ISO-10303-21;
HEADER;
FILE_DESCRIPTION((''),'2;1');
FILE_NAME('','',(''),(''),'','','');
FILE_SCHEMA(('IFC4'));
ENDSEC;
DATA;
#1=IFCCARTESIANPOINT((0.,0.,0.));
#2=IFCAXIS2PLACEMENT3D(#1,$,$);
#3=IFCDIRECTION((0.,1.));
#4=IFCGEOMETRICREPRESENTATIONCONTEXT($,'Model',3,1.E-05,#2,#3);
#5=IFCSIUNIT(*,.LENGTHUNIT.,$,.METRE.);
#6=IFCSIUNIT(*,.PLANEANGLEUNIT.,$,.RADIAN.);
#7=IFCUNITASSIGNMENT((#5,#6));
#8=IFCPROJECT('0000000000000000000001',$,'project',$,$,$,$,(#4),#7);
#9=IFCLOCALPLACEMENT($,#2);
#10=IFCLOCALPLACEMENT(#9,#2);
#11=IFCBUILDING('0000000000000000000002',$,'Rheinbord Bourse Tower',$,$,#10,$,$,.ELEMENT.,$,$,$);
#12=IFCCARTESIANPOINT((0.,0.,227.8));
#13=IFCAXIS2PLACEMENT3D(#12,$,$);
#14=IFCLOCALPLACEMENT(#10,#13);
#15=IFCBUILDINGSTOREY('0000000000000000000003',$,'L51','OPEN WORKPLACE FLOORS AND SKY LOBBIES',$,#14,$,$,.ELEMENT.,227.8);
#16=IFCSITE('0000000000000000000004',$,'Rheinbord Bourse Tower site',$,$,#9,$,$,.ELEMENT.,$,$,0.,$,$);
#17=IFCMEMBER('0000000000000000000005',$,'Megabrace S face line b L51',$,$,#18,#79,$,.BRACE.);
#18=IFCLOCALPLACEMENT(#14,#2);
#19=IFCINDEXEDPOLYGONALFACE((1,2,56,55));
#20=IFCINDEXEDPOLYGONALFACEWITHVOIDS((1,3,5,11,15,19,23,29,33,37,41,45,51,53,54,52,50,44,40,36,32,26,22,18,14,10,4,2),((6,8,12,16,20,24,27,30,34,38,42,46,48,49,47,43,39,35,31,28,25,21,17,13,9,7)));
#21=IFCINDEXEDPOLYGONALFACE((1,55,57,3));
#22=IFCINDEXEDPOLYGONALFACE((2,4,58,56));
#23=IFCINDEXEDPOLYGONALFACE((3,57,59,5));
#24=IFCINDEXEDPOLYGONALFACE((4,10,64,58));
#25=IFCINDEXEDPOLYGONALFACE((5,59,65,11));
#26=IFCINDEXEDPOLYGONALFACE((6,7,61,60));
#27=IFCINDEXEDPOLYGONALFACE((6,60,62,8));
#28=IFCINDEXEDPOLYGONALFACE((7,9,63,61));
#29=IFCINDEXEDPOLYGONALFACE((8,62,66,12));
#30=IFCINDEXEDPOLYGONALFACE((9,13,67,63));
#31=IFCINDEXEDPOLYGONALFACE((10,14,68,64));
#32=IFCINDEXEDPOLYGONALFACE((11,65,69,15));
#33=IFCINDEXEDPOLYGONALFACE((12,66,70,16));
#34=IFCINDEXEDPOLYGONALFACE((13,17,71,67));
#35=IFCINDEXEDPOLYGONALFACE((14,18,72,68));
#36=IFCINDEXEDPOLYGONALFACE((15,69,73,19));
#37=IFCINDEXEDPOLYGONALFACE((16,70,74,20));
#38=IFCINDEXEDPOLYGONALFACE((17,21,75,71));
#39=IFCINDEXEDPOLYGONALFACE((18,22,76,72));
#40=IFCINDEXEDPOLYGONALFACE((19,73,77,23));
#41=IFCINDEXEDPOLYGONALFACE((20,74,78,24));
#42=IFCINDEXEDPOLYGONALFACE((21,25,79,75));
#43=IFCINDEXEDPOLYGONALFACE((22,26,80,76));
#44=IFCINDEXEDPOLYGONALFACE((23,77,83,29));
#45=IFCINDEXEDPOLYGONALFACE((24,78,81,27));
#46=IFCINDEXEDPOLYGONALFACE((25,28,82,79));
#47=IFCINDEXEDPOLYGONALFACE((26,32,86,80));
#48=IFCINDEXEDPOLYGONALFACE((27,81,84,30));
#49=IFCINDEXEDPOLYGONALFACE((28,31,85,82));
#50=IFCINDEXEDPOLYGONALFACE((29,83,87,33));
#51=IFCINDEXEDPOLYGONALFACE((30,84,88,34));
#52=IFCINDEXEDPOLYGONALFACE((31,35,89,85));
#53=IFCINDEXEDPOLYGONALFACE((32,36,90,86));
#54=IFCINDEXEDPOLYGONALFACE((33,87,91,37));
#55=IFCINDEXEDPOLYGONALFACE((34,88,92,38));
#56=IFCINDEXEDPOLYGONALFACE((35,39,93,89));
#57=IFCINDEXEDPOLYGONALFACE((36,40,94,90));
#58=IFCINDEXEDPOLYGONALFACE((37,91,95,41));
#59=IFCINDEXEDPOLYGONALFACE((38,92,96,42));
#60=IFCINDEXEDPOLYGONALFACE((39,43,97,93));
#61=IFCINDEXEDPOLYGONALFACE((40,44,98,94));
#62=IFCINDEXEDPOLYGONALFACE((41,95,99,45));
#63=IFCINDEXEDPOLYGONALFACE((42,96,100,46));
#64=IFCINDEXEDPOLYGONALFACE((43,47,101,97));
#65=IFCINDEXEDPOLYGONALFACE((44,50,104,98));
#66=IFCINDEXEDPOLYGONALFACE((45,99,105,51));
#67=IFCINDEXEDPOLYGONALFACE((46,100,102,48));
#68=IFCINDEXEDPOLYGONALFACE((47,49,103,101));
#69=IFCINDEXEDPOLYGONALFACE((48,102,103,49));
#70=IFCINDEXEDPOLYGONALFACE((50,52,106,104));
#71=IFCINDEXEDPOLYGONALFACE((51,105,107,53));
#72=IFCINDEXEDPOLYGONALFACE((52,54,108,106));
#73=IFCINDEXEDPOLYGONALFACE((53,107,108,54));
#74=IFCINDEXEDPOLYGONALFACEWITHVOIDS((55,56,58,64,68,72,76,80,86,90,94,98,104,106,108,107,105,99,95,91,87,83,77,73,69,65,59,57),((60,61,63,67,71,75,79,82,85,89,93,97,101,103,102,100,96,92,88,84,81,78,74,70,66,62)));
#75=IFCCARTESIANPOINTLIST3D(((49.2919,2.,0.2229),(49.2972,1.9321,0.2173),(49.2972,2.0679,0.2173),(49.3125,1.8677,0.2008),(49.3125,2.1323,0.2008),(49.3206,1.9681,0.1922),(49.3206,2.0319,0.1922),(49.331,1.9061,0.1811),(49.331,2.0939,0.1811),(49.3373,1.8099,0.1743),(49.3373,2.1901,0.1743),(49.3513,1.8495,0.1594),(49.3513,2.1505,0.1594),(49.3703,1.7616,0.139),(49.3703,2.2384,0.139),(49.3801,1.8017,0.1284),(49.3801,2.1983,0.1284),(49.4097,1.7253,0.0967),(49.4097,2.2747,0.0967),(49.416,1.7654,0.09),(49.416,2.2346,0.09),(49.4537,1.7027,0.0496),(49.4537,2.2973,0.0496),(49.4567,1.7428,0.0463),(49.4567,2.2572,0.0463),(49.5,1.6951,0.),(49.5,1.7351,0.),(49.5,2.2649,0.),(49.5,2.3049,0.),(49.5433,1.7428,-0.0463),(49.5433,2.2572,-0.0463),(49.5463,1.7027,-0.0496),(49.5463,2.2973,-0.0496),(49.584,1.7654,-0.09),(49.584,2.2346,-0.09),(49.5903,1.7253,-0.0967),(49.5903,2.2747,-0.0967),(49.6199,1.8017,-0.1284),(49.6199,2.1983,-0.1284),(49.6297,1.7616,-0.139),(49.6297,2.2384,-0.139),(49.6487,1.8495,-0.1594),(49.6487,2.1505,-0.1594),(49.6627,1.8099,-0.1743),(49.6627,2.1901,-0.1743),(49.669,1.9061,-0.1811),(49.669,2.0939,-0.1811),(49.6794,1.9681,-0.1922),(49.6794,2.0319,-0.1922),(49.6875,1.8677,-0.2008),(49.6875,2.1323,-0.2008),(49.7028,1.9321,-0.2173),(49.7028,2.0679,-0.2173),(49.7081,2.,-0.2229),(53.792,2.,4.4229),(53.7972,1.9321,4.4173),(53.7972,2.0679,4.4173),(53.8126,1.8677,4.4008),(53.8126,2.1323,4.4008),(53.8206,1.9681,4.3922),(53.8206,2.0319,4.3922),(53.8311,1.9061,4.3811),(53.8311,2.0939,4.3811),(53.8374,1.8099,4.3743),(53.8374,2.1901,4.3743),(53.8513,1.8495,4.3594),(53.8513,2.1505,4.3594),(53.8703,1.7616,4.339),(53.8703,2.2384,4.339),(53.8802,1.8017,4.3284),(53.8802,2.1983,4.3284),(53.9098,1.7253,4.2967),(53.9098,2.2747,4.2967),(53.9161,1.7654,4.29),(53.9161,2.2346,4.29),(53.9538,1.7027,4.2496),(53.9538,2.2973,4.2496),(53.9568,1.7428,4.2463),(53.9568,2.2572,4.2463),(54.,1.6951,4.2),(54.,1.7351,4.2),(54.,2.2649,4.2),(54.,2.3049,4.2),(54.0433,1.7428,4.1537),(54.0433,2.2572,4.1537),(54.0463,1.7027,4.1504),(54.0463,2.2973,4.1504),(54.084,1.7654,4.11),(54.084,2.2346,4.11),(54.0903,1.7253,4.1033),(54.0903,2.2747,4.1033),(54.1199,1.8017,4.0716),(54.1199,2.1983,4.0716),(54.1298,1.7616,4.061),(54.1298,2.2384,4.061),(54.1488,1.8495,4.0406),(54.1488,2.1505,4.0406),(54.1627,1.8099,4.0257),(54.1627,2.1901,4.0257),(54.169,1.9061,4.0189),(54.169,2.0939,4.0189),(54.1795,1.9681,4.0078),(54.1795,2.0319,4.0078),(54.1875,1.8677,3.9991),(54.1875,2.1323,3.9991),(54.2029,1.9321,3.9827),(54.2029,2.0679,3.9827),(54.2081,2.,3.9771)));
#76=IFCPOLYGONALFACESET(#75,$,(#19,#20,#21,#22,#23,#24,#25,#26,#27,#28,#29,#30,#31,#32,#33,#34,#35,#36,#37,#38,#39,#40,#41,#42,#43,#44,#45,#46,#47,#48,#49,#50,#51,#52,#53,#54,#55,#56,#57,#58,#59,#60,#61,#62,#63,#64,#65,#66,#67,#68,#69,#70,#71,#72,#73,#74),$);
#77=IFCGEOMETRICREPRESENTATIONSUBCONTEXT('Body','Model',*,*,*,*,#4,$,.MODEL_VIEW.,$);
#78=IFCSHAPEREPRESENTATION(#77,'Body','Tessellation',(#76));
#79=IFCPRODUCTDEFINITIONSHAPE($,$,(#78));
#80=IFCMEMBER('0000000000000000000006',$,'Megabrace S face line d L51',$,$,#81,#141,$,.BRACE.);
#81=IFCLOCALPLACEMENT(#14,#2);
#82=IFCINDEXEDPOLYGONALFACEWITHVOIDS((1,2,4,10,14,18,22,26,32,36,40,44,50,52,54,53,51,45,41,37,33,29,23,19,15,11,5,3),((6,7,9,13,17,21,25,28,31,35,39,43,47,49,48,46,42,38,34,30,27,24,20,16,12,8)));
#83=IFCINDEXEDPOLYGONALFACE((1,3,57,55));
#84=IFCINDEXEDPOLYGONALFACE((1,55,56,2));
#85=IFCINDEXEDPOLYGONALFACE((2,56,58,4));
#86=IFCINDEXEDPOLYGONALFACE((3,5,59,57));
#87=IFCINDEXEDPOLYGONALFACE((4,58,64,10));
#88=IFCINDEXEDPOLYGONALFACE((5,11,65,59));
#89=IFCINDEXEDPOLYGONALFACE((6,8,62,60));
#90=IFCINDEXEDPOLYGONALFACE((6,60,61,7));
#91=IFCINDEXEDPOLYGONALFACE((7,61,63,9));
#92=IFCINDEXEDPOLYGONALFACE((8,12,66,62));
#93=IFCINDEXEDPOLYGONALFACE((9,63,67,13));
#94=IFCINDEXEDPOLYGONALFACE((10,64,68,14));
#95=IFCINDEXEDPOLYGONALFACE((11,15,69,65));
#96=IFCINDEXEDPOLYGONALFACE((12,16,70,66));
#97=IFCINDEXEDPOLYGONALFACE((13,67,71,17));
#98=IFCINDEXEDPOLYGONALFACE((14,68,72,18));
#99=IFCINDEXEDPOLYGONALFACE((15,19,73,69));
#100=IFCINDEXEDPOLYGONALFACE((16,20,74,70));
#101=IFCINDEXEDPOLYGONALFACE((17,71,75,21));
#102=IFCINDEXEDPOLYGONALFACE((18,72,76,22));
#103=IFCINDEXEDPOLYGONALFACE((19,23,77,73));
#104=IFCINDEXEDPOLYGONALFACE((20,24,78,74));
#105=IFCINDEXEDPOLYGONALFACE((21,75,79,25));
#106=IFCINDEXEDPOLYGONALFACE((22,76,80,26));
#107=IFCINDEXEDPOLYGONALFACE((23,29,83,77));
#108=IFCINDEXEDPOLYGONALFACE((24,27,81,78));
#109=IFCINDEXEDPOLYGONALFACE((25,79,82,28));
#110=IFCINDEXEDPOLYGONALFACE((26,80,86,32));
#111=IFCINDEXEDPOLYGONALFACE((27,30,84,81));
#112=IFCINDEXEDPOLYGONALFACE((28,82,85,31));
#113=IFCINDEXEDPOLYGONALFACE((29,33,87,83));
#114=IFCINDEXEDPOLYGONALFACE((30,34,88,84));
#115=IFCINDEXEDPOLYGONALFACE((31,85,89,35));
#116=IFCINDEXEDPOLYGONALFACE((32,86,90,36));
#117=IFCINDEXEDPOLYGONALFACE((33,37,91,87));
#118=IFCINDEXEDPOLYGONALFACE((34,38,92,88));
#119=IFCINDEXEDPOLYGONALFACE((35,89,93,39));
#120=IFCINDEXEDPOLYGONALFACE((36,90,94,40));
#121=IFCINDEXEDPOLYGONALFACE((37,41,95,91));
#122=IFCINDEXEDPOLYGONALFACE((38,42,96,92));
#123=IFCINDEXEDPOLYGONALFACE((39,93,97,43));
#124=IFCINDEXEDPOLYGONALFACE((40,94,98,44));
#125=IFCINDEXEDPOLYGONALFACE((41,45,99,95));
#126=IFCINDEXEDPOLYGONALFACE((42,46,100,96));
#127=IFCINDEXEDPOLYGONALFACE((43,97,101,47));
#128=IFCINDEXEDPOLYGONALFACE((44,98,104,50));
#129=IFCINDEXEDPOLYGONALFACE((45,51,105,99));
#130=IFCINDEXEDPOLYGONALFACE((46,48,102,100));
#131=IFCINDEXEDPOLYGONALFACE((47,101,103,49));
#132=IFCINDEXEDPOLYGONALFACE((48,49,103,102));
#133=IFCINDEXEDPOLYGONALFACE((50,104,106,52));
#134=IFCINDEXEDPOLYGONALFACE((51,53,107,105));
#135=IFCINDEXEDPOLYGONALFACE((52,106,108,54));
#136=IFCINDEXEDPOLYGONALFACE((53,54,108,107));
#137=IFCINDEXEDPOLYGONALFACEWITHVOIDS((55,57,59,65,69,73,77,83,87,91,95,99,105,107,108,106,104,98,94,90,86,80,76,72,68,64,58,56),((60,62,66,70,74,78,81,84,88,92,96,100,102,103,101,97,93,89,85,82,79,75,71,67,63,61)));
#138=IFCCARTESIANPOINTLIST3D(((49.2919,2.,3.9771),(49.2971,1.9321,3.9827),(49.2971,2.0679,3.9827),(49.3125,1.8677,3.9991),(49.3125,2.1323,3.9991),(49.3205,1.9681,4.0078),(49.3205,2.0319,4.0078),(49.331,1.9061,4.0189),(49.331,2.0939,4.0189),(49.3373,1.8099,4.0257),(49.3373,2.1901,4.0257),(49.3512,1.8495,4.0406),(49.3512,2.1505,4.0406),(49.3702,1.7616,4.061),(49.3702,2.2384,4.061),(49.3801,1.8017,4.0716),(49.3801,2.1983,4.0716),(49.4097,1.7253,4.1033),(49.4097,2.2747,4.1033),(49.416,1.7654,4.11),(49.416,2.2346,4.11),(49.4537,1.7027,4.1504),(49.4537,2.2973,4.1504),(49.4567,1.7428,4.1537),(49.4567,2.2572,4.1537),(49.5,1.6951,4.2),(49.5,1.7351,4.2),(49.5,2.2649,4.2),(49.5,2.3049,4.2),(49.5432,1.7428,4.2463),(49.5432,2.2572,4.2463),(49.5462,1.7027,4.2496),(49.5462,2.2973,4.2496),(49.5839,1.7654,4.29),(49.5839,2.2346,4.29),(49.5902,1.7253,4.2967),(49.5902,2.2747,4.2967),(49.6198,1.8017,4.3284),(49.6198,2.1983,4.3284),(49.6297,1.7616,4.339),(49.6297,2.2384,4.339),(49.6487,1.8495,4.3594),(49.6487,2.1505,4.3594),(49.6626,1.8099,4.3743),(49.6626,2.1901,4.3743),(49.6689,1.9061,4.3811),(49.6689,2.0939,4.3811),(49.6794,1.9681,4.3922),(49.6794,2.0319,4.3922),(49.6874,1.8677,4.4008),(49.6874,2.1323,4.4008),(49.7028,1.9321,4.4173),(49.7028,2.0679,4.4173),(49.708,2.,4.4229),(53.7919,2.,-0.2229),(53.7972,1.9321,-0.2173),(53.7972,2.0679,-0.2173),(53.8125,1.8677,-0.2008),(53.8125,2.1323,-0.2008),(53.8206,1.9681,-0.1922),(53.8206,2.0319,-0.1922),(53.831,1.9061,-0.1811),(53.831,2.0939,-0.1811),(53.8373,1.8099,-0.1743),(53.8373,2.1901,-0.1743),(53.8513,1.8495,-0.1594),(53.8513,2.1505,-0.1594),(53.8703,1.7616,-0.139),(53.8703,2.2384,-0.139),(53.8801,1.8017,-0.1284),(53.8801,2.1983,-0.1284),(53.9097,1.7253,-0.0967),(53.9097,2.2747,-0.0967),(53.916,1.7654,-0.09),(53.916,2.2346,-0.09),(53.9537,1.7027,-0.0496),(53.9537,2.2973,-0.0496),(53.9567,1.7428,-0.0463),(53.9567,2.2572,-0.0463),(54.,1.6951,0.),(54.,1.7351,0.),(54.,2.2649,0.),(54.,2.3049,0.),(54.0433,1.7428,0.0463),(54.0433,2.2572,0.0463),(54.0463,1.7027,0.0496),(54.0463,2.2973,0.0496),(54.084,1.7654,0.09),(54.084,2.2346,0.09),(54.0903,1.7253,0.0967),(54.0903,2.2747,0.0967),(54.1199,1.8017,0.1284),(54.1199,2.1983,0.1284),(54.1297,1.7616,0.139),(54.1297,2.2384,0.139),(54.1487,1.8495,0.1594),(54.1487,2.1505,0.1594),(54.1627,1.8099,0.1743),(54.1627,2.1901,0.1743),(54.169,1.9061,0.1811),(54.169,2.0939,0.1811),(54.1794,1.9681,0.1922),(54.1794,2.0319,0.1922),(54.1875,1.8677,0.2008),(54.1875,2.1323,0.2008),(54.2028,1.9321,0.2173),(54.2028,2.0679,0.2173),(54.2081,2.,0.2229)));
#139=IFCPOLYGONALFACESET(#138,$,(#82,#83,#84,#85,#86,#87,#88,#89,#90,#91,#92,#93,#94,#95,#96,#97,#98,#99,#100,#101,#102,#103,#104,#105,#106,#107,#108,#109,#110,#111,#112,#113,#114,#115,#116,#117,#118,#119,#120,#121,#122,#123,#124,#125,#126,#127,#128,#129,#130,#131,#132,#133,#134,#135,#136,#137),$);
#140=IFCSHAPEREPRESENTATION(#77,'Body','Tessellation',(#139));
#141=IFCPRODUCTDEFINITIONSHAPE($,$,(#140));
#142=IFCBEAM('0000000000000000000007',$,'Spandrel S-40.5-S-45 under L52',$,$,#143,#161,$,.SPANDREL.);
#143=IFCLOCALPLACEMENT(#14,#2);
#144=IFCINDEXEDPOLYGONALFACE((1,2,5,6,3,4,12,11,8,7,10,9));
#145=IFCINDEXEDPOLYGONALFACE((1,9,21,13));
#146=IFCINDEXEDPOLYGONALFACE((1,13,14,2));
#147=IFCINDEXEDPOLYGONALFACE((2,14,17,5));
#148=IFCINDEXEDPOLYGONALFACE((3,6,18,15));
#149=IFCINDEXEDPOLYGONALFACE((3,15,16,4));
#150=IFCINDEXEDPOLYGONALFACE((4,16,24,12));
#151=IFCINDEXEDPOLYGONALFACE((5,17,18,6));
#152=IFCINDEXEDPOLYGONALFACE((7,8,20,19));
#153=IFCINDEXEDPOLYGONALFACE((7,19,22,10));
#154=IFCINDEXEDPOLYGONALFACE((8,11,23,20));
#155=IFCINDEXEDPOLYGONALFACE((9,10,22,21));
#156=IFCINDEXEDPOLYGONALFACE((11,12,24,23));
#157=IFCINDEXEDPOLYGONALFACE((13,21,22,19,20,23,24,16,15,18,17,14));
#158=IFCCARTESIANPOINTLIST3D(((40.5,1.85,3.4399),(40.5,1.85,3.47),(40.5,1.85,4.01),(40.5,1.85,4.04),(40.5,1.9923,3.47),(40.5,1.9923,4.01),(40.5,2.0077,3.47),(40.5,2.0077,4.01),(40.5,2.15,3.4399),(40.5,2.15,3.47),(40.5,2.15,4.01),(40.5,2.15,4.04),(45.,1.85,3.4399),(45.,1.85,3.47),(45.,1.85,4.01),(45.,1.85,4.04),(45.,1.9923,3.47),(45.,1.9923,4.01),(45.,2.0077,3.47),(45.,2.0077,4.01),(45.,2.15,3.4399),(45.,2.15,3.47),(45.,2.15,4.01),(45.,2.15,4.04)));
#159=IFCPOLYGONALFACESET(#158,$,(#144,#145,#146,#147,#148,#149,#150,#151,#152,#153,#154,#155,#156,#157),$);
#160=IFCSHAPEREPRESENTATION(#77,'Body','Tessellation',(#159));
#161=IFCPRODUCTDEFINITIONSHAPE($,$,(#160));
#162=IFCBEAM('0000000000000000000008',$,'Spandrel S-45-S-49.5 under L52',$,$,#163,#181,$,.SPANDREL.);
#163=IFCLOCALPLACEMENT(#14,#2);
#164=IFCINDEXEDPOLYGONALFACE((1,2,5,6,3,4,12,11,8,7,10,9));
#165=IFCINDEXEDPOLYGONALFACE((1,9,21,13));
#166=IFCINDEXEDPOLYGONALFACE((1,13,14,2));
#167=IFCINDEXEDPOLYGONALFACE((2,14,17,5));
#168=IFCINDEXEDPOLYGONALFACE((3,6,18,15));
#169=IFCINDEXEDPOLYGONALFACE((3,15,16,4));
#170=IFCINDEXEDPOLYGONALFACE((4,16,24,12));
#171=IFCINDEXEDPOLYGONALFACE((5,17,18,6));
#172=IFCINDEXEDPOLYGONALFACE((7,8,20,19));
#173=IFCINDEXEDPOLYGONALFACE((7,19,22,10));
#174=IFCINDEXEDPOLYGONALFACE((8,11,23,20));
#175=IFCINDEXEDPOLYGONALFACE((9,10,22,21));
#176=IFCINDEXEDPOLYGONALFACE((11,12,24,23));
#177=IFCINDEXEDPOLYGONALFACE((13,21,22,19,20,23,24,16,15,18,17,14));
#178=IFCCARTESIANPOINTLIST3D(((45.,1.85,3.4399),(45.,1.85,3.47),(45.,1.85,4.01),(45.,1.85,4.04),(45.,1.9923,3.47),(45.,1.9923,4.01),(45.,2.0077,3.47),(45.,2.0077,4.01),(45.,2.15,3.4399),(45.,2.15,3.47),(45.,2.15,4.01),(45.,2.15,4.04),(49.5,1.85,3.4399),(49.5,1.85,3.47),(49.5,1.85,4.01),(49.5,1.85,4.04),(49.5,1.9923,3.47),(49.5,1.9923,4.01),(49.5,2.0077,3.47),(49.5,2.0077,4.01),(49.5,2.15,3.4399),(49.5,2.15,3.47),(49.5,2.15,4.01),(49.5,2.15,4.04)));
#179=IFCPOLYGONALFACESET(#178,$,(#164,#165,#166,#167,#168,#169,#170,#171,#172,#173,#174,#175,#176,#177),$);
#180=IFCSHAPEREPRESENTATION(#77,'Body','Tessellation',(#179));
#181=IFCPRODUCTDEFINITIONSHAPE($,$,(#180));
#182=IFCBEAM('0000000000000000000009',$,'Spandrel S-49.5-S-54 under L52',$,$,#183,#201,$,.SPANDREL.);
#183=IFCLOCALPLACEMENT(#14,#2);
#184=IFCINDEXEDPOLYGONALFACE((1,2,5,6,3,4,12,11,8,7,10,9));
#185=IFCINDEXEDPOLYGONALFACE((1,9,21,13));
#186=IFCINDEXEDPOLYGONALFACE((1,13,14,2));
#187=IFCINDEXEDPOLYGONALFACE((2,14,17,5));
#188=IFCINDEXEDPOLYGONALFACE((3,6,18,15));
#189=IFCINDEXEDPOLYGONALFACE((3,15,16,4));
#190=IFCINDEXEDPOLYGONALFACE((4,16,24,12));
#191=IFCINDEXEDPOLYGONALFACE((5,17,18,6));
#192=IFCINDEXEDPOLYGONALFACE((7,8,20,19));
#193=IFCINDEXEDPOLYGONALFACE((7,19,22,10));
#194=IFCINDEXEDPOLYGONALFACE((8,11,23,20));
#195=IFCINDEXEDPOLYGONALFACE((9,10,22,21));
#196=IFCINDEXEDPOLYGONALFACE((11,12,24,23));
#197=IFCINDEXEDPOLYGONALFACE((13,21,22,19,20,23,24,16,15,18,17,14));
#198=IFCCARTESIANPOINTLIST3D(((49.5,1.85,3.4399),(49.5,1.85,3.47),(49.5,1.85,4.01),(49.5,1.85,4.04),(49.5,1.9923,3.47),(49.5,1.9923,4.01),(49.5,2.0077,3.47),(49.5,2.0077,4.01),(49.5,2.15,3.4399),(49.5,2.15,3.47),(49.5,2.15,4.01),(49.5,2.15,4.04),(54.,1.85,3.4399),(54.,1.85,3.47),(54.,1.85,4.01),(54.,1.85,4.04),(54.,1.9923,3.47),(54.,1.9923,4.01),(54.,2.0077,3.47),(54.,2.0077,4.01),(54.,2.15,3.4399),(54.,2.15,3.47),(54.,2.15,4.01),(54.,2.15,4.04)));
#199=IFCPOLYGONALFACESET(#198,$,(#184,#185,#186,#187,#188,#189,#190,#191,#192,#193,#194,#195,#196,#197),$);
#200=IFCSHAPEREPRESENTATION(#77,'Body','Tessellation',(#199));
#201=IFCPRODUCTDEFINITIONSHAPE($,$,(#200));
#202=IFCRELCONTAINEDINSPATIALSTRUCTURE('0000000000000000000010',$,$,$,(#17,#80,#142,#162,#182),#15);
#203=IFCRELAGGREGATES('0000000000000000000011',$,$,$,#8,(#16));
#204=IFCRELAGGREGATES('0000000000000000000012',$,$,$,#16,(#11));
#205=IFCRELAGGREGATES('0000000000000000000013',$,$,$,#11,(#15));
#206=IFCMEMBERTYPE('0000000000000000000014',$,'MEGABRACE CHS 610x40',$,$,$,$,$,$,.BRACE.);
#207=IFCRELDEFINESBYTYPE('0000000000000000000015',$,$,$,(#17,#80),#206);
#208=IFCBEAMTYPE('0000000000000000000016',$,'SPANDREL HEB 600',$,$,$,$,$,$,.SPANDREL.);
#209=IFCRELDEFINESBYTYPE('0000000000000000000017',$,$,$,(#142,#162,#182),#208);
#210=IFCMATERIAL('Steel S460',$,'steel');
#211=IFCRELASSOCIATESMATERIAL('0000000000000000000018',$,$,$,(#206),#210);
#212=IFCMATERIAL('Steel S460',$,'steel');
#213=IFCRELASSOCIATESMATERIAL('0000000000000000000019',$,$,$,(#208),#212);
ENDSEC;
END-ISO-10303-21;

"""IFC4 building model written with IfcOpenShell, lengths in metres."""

from ifc_helpers import new_model, si_unit, direction, frame, origin, origin_2d, place, context, subcontext, project, spatial, hollow_circle, i_section, extrude, material, material_profile, profile_set, type_object, element, save


model = new_model("IFC4")

# Units and contexts
model_context = context("Model", 3, precision=1e-05, world=origin(), true_north=direction((0.0, 1.0)))
body_context = subcontext(model_context, "Body", "Model", "MODEL_VIEW")
ifc_project = project(units=[si_unit("LENGTHUNIT", "METRE"), si_unit("PLANEANGLEUNIT", "RADIAN")], contexts=[model_context])

# Site, building, storey
site_placement = place(None, origin())
site = spatial("IfcSite", under=ifc_project, at=site_placement, Name="Rheinbord Bourse Tower site", CompositionType="ELEMENT", RefElevation=0.0)
building_placement = place(site_placement, origin())
building = spatial("IfcBuilding", under=site, at=building_placement, Name="Rheinbord Bourse Tower", CompositionType="ELEMENT")
storey_placement = place(building_placement, frame((0.0, 0.0, 227.8)))
storey = spatial("IfcBuildingStorey", under=building, at=storey_placement, Name="L51", Description="OPEN WORKPLACE FLOORS AND SKY LOBBIES", CompositionType="ELEMENT", Elevation=227.8)

# Members
ifc_material_1 = material(Name="Steel S460", Category="steel")
ifc_material_profile_1 = material_profile(ifc_material_1, hollow_circle(Radius=0.3049, WallThickness=0.04, at=origin_2d()), Name="CHS 610x40")
ifc_profile_set_1 = profile_set([ifc_material_profile_1], Name="Steel S460")
member_type_1 = type_object("IfcMemberType", Name="MEGABRACE CHS 610x40", PredefinedType="BRACE", material=ifc_profile_set_1)
for number, where, z_axis, x_axis, name in (
    (1, (49.5, 2.0, 0.0), (0.731059, 0.0, 0.682314), (0.0, 1.0, 0.0), "Megabrace S face line b L51"),
    (2, (54.0, 2.0, 0.0), (-0.731059, 0.0, 0.682314), (0.0, -1.0, 0.0), "Megabrace S face line d L51"),
):
    element("IfcMember", number, at=place(storey_placement, frame(where, z_axis=z_axis, x_axis=x_axis)), inside=storey, type_object=member_type_1, Name=name, PredefinedType="BRACE", context=body_context, shape_type="SweptSolid", body=[
        extrude(hollow_circle(Radius=0.3049, WallThickness=0.04, at=origin_2d()), origin(), (0.0, 0.0, 1.0), 6.1555),
    ])

# Beams
ifc_material_2 = material(Name="Steel S460", Category="steel")
ifc_material_profile_2 = material_profile(ifc_material_2, i_section(OverallWidth=0.3, OverallDepth=0.6001, WebThickness=0.0154, FlangeThickness=0.03, at=origin_2d()), Name="HEB 600")
ifc_profile_set_2 = profile_set([ifc_material_profile_2], Name="Steel S460")
beam_type_1 = type_object("IfcBeamType", Name="SPANDREL HEB 600", PredefinedType="SPANDREL", material=ifc_profile_set_2)
for number, where, z_axis, x_axis, name in (
    (3, (40.5, 2.0, 3.74), (1.0, 0.0, 0.0), (0.0, 1.0, 0.0), "Spandrel S-40.5-S-45 under L52"),
    (4, (45.0, 2.0, 3.74), (1.0, 0.0, 0.0), (0.0, 1.0, 0.0), "Spandrel S-45-S-49.5 under L52"),
    (5, (49.5, 2.0, 3.74), (1.0, 0.0, 0.0), (0.0, 1.0, 0.0), "Spandrel S-49.5-S-54 under L52"),
):
    element("IfcBeam", number, at=place(storey_placement, frame(where, z_axis=z_axis, x_axis=x_axis)), inside=storey, type_object=beam_type_1, Name=name, PredefinedType="SPANDREL", context=body_context, shape_type="SweptSolid", body=[
        extrude(i_section(OverallWidth=0.3, OverallDepth=0.6001, WebThickness=0.0154, FlangeThickness=0.03, at=origin_2d()), origin(), (0.0, 0.0, 1.0), 4.5),
    ])

save(model, "model.ifc")
